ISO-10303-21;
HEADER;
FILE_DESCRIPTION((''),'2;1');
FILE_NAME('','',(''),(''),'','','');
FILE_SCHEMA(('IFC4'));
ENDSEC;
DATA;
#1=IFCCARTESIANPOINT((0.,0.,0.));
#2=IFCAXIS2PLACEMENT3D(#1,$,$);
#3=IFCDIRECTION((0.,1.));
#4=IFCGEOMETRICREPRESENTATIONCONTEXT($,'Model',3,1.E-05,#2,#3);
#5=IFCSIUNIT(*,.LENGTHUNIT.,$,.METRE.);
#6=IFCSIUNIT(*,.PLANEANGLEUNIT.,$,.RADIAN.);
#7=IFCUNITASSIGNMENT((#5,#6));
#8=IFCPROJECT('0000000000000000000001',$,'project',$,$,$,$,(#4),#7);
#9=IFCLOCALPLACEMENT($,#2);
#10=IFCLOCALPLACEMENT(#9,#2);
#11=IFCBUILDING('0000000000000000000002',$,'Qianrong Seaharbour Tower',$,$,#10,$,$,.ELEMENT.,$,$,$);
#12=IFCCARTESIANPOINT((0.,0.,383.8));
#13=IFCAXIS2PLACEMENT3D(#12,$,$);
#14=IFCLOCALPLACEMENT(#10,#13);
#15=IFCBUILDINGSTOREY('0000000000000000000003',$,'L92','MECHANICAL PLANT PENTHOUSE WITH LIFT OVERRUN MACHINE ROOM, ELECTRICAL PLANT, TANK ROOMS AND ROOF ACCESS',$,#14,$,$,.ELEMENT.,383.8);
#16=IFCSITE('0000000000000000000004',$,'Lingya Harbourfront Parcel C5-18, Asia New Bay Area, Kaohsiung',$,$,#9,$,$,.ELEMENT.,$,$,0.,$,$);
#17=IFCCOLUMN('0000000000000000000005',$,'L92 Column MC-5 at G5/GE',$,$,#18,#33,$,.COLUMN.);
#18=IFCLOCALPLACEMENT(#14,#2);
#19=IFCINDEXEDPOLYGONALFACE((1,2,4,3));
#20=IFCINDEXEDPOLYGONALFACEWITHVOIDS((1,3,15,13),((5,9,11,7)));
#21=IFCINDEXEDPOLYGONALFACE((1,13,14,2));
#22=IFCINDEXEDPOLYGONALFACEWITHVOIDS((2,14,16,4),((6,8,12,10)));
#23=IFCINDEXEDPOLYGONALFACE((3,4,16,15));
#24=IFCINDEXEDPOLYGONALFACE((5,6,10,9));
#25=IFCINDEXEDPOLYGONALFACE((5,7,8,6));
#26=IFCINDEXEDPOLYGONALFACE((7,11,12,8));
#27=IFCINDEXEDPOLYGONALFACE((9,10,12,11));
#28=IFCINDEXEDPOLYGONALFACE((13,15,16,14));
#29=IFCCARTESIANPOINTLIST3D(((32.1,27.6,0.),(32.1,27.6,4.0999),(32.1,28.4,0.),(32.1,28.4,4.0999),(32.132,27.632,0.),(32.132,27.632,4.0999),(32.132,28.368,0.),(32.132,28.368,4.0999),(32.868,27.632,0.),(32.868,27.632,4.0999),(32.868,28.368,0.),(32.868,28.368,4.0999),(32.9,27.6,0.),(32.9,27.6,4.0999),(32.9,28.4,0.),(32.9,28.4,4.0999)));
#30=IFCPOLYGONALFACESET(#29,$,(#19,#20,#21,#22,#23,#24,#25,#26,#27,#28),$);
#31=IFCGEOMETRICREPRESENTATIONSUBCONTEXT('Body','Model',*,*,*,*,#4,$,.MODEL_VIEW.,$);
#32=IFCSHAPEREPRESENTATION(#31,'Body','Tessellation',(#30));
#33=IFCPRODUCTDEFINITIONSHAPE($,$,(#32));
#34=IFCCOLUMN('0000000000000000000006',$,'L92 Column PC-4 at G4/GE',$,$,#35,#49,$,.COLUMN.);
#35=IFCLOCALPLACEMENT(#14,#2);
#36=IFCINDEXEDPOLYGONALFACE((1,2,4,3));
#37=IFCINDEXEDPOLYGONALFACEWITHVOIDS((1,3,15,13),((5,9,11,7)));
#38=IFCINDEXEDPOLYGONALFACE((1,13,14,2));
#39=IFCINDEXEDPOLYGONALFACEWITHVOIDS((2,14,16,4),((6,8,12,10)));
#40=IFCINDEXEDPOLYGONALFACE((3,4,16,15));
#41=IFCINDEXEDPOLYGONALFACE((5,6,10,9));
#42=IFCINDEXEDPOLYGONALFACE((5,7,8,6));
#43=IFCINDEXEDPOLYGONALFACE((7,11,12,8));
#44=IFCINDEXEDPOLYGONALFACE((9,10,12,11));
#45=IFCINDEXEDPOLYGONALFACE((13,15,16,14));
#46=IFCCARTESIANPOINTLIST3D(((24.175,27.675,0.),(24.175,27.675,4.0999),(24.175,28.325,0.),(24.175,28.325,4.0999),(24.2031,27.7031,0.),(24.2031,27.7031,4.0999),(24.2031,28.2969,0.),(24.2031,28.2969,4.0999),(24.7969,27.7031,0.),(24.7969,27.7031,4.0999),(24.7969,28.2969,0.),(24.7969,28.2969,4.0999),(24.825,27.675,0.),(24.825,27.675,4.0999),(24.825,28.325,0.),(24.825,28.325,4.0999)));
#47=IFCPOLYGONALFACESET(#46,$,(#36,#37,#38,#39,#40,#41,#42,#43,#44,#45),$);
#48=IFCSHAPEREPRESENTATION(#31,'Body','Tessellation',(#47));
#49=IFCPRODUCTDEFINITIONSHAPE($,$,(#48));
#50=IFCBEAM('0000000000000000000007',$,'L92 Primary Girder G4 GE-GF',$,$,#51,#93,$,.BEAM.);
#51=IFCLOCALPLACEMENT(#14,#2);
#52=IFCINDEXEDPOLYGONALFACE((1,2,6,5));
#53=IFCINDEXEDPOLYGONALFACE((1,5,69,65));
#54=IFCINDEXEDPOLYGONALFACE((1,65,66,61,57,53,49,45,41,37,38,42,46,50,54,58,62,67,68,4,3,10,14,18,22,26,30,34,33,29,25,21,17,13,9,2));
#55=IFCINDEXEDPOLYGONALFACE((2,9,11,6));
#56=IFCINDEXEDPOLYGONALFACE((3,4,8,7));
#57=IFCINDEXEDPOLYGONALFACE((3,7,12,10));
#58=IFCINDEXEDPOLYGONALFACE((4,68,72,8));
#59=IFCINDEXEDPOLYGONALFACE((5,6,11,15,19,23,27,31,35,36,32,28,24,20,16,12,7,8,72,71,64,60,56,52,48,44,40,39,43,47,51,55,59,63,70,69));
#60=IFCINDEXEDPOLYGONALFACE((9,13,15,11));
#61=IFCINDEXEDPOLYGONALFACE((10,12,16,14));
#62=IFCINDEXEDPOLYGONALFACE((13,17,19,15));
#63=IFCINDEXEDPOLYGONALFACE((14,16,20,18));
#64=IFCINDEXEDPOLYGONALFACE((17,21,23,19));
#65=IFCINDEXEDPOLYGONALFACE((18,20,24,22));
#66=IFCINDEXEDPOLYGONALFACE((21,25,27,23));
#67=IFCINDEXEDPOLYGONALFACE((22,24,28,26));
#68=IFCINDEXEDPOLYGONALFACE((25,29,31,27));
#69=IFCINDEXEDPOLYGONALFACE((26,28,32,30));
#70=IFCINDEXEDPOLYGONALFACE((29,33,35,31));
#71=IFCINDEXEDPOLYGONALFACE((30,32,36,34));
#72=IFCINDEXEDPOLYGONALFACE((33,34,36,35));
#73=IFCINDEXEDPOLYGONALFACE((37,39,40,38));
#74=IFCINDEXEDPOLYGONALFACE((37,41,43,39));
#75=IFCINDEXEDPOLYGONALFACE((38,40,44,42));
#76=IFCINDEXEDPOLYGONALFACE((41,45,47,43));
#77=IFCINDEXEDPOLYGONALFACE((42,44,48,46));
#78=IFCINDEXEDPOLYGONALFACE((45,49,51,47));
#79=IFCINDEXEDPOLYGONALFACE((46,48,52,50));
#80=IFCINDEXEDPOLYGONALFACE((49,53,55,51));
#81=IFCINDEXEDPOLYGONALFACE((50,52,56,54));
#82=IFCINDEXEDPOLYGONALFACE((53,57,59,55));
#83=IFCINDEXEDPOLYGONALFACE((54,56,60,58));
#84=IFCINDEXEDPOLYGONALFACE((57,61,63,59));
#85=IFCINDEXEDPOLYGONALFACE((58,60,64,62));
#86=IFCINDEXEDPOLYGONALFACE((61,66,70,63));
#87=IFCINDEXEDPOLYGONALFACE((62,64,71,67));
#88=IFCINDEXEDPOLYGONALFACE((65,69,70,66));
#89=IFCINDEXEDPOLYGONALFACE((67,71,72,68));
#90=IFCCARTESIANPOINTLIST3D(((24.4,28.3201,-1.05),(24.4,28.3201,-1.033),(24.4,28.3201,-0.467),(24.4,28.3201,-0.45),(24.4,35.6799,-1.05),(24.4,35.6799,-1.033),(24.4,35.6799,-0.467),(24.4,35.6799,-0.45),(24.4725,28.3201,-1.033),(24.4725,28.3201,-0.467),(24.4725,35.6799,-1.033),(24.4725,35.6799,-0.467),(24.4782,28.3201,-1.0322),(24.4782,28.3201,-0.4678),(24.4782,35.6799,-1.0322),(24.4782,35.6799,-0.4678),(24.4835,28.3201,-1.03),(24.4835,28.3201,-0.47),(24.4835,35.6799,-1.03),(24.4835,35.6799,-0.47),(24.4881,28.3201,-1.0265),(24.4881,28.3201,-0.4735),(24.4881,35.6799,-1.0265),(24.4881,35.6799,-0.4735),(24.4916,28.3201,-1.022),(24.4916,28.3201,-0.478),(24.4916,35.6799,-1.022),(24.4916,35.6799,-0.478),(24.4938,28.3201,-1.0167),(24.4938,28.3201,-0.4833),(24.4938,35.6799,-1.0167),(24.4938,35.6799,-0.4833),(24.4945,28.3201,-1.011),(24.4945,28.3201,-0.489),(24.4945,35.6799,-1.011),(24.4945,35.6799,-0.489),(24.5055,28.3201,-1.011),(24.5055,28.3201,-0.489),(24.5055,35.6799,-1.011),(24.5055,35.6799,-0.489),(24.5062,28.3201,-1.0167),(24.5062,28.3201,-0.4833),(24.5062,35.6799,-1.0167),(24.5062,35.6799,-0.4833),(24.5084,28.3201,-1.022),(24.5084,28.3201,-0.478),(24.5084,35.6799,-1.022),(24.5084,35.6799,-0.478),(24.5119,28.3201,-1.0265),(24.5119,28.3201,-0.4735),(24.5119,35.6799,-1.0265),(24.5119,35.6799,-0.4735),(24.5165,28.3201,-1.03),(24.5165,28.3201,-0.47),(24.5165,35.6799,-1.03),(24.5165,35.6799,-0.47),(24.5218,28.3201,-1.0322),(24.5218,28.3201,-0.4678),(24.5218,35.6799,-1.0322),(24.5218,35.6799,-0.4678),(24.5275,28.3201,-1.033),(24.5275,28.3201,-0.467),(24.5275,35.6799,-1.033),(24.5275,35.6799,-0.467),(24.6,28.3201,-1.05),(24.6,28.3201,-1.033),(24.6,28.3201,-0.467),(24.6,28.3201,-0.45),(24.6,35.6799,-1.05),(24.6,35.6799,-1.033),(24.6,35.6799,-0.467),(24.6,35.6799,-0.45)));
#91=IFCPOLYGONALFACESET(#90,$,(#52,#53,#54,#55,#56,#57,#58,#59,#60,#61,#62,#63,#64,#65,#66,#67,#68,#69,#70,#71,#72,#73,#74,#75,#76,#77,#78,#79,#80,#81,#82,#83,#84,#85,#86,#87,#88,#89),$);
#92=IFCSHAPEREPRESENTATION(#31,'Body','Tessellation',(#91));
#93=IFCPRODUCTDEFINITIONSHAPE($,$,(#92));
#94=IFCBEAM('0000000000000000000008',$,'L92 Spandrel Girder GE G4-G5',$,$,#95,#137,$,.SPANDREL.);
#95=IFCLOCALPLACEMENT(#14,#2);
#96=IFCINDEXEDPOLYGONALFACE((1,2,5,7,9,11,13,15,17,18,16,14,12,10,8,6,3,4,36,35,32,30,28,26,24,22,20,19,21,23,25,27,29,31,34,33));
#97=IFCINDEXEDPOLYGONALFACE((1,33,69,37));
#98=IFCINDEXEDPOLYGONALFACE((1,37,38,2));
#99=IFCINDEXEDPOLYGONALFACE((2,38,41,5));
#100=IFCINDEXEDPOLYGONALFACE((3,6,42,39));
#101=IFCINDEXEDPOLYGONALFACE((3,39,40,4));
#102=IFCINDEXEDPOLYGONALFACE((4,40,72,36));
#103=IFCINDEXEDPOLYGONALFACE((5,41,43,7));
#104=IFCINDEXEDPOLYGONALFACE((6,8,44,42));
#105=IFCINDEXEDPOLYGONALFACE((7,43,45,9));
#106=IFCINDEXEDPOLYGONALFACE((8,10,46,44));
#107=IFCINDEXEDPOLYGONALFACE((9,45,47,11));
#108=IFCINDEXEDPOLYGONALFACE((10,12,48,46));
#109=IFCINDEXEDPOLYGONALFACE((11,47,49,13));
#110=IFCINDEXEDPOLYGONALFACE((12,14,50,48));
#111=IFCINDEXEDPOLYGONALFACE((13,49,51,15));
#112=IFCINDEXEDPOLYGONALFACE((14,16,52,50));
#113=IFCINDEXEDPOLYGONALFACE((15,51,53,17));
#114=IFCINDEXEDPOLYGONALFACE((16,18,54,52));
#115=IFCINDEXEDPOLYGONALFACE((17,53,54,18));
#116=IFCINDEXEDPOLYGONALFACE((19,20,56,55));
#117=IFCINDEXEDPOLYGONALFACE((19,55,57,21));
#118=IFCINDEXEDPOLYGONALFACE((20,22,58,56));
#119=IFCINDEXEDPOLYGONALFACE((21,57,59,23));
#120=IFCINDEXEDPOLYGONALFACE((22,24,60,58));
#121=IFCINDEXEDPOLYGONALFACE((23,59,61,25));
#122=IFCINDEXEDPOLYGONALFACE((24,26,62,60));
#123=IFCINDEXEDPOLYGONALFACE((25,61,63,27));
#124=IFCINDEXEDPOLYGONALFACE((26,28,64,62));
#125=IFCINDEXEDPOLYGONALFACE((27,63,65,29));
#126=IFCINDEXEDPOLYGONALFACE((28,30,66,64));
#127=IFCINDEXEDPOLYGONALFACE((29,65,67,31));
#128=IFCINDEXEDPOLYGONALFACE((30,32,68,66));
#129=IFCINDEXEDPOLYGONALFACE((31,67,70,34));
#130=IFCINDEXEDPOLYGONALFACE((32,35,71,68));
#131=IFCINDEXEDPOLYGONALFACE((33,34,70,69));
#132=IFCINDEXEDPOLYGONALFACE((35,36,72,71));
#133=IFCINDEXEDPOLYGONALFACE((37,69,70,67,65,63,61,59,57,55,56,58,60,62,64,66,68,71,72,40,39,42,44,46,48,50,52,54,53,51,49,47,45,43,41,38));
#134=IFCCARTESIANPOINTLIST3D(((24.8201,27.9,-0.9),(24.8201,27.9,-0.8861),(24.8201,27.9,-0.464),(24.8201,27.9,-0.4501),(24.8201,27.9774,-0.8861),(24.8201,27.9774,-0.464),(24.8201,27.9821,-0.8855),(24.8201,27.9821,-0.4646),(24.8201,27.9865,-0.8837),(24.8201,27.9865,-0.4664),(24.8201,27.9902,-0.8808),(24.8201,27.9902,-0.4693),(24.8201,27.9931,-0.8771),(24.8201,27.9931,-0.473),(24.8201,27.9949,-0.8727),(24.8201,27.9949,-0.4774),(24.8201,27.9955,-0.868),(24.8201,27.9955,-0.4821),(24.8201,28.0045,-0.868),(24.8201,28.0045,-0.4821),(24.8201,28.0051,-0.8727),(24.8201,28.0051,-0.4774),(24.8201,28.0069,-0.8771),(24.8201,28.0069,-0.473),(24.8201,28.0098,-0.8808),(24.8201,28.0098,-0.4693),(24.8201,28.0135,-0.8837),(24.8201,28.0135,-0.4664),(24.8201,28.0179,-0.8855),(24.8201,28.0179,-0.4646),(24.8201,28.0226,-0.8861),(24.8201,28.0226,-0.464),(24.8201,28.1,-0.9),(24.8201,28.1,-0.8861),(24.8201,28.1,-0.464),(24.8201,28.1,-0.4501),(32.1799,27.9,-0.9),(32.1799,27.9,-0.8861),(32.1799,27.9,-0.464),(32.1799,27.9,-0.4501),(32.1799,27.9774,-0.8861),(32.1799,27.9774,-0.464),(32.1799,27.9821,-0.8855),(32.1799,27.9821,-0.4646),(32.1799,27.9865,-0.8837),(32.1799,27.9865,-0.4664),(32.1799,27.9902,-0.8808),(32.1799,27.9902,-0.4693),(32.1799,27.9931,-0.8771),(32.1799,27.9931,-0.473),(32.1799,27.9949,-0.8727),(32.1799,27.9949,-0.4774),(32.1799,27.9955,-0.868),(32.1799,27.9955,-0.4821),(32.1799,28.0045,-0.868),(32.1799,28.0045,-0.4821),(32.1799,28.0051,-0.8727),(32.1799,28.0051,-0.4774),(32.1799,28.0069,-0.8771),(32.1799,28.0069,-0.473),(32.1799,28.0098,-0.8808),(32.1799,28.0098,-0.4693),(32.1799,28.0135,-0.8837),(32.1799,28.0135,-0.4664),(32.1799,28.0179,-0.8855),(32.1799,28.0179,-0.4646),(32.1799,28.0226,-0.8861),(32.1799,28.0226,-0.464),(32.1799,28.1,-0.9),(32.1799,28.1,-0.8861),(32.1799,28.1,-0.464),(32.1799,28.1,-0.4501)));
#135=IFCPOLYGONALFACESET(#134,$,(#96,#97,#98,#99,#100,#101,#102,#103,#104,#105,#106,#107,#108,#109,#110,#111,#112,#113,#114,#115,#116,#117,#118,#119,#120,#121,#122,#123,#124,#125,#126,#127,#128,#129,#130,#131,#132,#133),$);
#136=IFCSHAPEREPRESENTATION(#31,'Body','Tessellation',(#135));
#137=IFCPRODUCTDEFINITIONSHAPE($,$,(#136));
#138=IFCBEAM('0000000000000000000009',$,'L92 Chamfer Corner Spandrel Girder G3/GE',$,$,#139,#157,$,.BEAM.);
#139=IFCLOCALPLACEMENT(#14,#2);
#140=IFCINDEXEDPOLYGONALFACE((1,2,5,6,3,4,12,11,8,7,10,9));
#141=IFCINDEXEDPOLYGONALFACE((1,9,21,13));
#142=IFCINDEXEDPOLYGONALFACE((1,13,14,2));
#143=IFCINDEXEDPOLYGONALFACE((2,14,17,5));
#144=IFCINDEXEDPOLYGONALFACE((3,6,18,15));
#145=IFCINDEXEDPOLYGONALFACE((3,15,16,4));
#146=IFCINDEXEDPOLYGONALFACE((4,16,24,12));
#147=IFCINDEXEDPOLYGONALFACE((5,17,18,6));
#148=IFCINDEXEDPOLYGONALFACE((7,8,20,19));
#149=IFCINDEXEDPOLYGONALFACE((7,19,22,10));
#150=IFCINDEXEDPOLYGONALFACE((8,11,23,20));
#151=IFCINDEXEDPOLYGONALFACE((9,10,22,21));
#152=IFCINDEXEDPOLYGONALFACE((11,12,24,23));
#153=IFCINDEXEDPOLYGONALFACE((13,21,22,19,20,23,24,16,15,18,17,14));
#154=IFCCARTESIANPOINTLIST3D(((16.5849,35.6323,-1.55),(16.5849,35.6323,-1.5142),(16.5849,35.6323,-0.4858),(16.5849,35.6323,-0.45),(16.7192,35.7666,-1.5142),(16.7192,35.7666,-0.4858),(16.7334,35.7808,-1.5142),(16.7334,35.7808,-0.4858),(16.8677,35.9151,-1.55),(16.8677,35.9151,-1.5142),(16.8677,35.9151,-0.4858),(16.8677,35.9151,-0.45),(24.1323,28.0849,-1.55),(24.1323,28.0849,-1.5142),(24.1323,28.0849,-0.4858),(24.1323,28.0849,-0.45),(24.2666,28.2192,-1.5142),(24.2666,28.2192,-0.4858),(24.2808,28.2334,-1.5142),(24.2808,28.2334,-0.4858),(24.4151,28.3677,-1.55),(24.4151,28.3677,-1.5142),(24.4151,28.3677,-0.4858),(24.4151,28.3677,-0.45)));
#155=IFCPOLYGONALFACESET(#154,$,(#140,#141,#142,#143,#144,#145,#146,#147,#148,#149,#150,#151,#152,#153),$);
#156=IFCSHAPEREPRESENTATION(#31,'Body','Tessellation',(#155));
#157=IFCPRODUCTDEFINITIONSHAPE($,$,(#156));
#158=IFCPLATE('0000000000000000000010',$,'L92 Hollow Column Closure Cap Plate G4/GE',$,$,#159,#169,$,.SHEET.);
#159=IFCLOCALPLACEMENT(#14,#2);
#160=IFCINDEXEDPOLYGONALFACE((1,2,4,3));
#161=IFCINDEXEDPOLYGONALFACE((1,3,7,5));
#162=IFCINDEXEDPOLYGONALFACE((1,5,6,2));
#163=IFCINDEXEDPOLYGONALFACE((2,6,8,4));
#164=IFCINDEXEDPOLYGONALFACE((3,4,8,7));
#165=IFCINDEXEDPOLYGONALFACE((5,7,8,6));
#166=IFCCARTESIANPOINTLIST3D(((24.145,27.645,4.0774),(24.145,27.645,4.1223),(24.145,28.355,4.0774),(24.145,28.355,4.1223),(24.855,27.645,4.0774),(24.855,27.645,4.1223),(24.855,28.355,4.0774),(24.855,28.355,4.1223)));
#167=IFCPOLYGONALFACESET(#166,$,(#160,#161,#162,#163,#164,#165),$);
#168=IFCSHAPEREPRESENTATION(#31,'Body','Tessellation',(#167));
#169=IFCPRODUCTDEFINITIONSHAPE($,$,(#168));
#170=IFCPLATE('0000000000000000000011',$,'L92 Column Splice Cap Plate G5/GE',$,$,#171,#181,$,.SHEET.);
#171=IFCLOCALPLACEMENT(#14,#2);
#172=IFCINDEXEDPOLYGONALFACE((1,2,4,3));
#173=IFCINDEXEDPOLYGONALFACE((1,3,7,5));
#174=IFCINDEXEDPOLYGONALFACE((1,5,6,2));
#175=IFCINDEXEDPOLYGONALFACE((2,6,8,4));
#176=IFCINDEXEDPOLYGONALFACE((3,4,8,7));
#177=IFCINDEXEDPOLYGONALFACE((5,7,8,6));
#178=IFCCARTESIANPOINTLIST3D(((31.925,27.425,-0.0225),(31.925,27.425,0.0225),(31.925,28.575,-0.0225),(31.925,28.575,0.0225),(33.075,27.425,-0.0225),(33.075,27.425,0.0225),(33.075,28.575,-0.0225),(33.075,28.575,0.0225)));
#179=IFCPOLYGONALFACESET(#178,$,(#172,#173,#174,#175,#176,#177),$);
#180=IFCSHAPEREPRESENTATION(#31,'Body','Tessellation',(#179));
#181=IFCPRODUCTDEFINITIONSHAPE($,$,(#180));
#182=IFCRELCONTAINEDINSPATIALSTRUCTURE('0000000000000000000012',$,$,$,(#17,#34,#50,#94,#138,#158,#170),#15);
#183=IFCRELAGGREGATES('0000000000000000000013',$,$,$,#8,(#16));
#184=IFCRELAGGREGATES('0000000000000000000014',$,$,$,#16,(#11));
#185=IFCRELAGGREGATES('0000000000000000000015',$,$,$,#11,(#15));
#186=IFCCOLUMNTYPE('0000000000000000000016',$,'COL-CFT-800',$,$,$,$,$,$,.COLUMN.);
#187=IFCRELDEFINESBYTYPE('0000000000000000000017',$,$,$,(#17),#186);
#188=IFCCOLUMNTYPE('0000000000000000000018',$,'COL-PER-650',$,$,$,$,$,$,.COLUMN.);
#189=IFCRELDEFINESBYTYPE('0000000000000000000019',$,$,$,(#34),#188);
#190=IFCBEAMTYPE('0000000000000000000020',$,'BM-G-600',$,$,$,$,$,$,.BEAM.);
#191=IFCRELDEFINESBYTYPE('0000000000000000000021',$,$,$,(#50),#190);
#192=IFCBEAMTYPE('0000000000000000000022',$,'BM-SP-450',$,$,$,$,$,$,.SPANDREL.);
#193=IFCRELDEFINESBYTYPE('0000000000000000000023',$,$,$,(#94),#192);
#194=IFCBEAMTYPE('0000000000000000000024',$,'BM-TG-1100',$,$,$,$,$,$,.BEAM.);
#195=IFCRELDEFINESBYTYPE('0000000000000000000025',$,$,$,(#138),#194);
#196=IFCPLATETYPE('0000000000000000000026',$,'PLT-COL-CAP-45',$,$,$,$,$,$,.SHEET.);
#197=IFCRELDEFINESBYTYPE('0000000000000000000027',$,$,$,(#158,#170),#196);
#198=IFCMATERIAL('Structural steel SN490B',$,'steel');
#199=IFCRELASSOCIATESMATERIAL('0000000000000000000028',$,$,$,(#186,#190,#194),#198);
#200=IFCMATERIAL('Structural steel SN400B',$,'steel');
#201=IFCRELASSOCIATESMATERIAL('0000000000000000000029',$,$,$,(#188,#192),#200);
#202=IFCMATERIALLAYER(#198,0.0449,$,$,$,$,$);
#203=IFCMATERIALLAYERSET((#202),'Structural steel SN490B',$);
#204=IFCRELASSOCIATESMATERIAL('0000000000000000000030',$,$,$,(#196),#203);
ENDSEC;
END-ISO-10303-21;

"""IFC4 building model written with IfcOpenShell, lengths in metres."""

from ifc_helpers import new_model, si_unit, direction, frame, origin, origin_2d, place, context, subcontext, project, spatial, rectangle, hollow_rectangle, i_section, extrude, material, layer, layer_set, material_profile, profile_set, type_object, element, save


model = new_model("IFC4")

# Units and contexts
model_context = context("Model", 3, precision=1e-05, world=origin(), true_north=direction((0.0, 1.0)))
body_context = subcontext(model_context, "Body", "Model", "MODEL_VIEW")
ifc_project = project(units=[si_unit("LENGTHUNIT", "METRE"), si_unit("PLANEANGLEUNIT", "RADIAN")], contexts=[model_context])

# Site, building, storey
site_placement = place(None, origin())
site = spatial("IfcSite", under=ifc_project, at=site_placement, Name="Lingya Harbourfront Parcel C5-18, Asia New Bay Area, Kaohsiung", CompositionType="ELEMENT", RefElevation=0.0)
building_placement = place(site_placement, origin())
building = spatial("IfcBuilding", under=site, at=building_placement, Name="Qianrong Seaharbour Tower", CompositionType="ELEMENT")
storey_placement = place(building_placement, frame((0.0, 0.0, 383.8)))
storey = spatial("IfcBuildingStorey", under=building, at=storey_placement, Name="L92", Description="MECHANICAL PLANT PENTHOUSE WITH LIFT OVERRUN MACHINE ROOM, ELECTRICAL PLANT, TANK ROOMS AND ROOF ACCESS", CompositionType="ELEMENT", Elevation=383.8)

# Columns
ifc_material_1 = material(Name="Structural steel SN490B", Category="steel")
ifc_material_profile_1 = material_profile(ifc_material_1, hollow_rectangle(XDim=0.8, YDim=0.8, WallThickness=0.032, at=origin_2d()), Name="BOX800x800x32")
ifc_profile_set_1 = profile_set([ifc_material_profile_1], Name="Structural steel SN490B")
column_type_1 = type_object("IfcColumnType", Name="COL-CFT-800", PredefinedType="COLUMN", material=ifc_profile_set_1)
column_1_placement = place(storey_placement, frame((32.5, 28.0, 0.0), z_axis=(0.0, 0.0, 1.0), x_axis=(1.0, 0.0, 0.0)))
element("IfcColumn", 1, at=column_1_placement, inside=storey, type_object=column_type_1, Name="L92 Column MC-5 at G5/GE", PredefinedType="COLUMN", context=body_context, shape_type="SweptSolid", body=[
    extrude(hollow_rectangle(XDim=0.8, YDim=0.8, WallThickness=0.032, at=origin_2d()), origin(), (0.0, 0.0, 1.0), 4.0999),
])
ifc_material_2 = material(Name="Structural steel SN400B", Category="steel")
ifc_material_profile_2 = material_profile(ifc_material_2, hollow_rectangle(XDim=0.6499, YDim=0.6499, WallThickness=0.0281, at=origin_2d()), Name="BOX650x650x28")
ifc_profile_set_2 = profile_set([ifc_material_profile_2], Name="Structural steel SN400B")
column_type_2 = type_object("IfcColumnType", Name="COL-PER-650", PredefinedType="COLUMN", material=ifc_profile_set_2)
column_2_placement = place(storey_placement, frame((24.5, 28.0, 0.0), z_axis=(0.0, 0.0, 1.0), x_axis=(1.0, 0.0, 0.0)))
element("IfcColumn", 2, at=column_2_placement, inside=storey, type_object=column_type_2, Name="L92 Column PC-4 at G4/GE", PredefinedType="COLUMN", context=body_context, shape_type="SweptSolid", body=[
    extrude(hollow_rectangle(XDim=0.6499, YDim=0.6499, WallThickness=0.0281, at=origin_2d()), origin(), (0.0, 0.0, 1.0), 4.0999),
])

# Beams
ifc_material_profile_3 = material_profile(ifc_material_1, i_section(OverallWidth=0.2, OverallDepth=0.6001, WebThickness=0.011, FlangeThickness=0.0171, FilletRadius=0.022, at=origin_2d()), Name="H600x200x11x17")
ifc_profile_set_3 = profile_set([ifc_material_profile_3], Name="Structural steel SN490B")
beam_type_1 = type_object("IfcBeamType", Name="BM-G-600", PredefinedType="BEAM", material=ifc_profile_set_3)
beam_1_placement = place(storey_placement, frame((24.5, 28.3201, -0.75), z_axis=(0.0, 1.0, 0.0), x_axis=(-1.0, 0.0, 0.0)))
element("IfcBeam", 3, at=beam_1_placement, inside=storey, type_object=beam_type_1, Name="L92 Primary Girder G4 GE-GF", PredefinedType="BEAM", context=body_context, shape_type="SweptSolid", body=[
    extrude(i_section(OverallWidth=0.2, OverallDepth=0.6001, WebThickness=0.011, FlangeThickness=0.0171, FilletRadius=0.022, at=origin_2d()), origin(), (0.0, 0.0, 1.0), 7.3599),
])
ifc_material_profile_4 = material_profile(ifc_material_2, i_section(OverallWidth=0.2, OverallDepth=0.45, WebThickness=0.009, FlangeThickness=0.0139, FilletRadius=0.0181, at=origin_2d()), Name="H450x200x9x14")
ifc_profile_set_4 = profile_set([ifc_material_profile_4], Name="Structural steel SN400B")
beam_type_2 = type_object("IfcBeamType", Name="BM-SP-450", PredefinedType="SPANDREL", material=ifc_profile_set_4)
beam_2_placement = place(storey_placement, frame((24.8201, 28.0, -0.675), z_axis=(1.0, 0.0, 0.0), x_axis=(0.0, 1.0, 0.0)))
element("IfcBeam", 4, at=beam_2_placement, inside=storey, type_object=beam_type_2, Name="L92 Spandrel Girder GE G4-G5", PredefinedType="SPANDREL", context=body_context, shape_type="SweptSolid", body=[
    extrude(i_section(OverallWidth=0.2, OverallDepth=0.45, WebThickness=0.009, FlangeThickness=0.0139, FilletRadius=0.0181, at=origin_2d()), origin(), (0.0, 0.0, 1.0), 7.3599),
])
ifc_material_profile_5 = material_profile(ifc_material_1, i_section(OverallWidth=0.3999, OverallDepth=1.1001, WebThickness=0.02, FlangeThickness=0.0359, at=origin_2d()), Name="BH1100x400x20x36")
ifc_profile_set_5 = profile_set([ifc_material_profile_5], Name="Structural steel SN490B")
beam_type_3 = type_object("IfcBeamType", Name="BM-TG-1100", PredefinedType="BEAM", material=ifc_profile_set_5)
beam_3_placement = place(storey_placement, frame((24.2737, 28.2263, -1.0), z_axis=(-0.707107, 0.707107, 0.0), x_axis=(-0.707107, -0.707107, 0.0)))
element("IfcBeam", 5, at=beam_3_placement, inside=storey, type_object=beam_type_3, Name="L92 Chamfer Corner Spandrel Girder G3/GE", PredefinedType="BEAM", context=body_context, shape_type="SweptSolid", body=[
    extrude(i_section(OverallWidth=0.3999, OverallDepth=1.1001, WebThickness=0.02, FlangeThickness=0.0359, at=origin_2d()), origin(), (0.0, 0.0, 1.0), 10.6736),
])

# Plates
ifc_layer_1 = layer(ifc_material_1, 0.0449)
ifc_layer_set_1 = layer_set([ifc_layer_1], Name="Structural steel SN490B")
plate_type = type_object("IfcPlateType", Name="PLT-COL-CAP-45", PredefinedType="SHEET", material=ifc_layer_set_1)
plate_1_placement = place(storey_placement, frame((24.5, 28.0, 4.0774), z_axis=(0.0, 0.0, 1.0), x_axis=(1.0, 0.0, 0.0)))
element("IfcPlate", 6, at=plate_1_placement, inside=storey, type_object=plate_type, Name="L92 Hollow Column Closure Cap Plate G4/GE", PredefinedType="SHEET", context=body_context, shape_type="SweptSolid", body=[
    extrude(rectangle(XDim=0.71, YDim=0.71, at=origin_2d()), origin(), (0.0, 0.0, 1.0), 0.0449),
])
plate_2_placement = place(storey_placement, frame((32.5, 28.0, -0.0225), z_axis=(0.0, 0.0, 1.0), x_axis=(1.0, 0.0, 0.0)))
element("IfcPlate", 7, at=plate_2_placement, inside=storey, type_object=plate_type, Name="L92 Column Splice Cap Plate G5/GE", PredefinedType="SHEET", context=body_context, shape_type="SweptSolid", body=[
    extrude(rectangle(XDim=1.1499, YDim=1.1499, at=origin_2d()), origin(), (0.0, 0.0, 1.0), 0.0449),
])

save(model, "model.ifc")
